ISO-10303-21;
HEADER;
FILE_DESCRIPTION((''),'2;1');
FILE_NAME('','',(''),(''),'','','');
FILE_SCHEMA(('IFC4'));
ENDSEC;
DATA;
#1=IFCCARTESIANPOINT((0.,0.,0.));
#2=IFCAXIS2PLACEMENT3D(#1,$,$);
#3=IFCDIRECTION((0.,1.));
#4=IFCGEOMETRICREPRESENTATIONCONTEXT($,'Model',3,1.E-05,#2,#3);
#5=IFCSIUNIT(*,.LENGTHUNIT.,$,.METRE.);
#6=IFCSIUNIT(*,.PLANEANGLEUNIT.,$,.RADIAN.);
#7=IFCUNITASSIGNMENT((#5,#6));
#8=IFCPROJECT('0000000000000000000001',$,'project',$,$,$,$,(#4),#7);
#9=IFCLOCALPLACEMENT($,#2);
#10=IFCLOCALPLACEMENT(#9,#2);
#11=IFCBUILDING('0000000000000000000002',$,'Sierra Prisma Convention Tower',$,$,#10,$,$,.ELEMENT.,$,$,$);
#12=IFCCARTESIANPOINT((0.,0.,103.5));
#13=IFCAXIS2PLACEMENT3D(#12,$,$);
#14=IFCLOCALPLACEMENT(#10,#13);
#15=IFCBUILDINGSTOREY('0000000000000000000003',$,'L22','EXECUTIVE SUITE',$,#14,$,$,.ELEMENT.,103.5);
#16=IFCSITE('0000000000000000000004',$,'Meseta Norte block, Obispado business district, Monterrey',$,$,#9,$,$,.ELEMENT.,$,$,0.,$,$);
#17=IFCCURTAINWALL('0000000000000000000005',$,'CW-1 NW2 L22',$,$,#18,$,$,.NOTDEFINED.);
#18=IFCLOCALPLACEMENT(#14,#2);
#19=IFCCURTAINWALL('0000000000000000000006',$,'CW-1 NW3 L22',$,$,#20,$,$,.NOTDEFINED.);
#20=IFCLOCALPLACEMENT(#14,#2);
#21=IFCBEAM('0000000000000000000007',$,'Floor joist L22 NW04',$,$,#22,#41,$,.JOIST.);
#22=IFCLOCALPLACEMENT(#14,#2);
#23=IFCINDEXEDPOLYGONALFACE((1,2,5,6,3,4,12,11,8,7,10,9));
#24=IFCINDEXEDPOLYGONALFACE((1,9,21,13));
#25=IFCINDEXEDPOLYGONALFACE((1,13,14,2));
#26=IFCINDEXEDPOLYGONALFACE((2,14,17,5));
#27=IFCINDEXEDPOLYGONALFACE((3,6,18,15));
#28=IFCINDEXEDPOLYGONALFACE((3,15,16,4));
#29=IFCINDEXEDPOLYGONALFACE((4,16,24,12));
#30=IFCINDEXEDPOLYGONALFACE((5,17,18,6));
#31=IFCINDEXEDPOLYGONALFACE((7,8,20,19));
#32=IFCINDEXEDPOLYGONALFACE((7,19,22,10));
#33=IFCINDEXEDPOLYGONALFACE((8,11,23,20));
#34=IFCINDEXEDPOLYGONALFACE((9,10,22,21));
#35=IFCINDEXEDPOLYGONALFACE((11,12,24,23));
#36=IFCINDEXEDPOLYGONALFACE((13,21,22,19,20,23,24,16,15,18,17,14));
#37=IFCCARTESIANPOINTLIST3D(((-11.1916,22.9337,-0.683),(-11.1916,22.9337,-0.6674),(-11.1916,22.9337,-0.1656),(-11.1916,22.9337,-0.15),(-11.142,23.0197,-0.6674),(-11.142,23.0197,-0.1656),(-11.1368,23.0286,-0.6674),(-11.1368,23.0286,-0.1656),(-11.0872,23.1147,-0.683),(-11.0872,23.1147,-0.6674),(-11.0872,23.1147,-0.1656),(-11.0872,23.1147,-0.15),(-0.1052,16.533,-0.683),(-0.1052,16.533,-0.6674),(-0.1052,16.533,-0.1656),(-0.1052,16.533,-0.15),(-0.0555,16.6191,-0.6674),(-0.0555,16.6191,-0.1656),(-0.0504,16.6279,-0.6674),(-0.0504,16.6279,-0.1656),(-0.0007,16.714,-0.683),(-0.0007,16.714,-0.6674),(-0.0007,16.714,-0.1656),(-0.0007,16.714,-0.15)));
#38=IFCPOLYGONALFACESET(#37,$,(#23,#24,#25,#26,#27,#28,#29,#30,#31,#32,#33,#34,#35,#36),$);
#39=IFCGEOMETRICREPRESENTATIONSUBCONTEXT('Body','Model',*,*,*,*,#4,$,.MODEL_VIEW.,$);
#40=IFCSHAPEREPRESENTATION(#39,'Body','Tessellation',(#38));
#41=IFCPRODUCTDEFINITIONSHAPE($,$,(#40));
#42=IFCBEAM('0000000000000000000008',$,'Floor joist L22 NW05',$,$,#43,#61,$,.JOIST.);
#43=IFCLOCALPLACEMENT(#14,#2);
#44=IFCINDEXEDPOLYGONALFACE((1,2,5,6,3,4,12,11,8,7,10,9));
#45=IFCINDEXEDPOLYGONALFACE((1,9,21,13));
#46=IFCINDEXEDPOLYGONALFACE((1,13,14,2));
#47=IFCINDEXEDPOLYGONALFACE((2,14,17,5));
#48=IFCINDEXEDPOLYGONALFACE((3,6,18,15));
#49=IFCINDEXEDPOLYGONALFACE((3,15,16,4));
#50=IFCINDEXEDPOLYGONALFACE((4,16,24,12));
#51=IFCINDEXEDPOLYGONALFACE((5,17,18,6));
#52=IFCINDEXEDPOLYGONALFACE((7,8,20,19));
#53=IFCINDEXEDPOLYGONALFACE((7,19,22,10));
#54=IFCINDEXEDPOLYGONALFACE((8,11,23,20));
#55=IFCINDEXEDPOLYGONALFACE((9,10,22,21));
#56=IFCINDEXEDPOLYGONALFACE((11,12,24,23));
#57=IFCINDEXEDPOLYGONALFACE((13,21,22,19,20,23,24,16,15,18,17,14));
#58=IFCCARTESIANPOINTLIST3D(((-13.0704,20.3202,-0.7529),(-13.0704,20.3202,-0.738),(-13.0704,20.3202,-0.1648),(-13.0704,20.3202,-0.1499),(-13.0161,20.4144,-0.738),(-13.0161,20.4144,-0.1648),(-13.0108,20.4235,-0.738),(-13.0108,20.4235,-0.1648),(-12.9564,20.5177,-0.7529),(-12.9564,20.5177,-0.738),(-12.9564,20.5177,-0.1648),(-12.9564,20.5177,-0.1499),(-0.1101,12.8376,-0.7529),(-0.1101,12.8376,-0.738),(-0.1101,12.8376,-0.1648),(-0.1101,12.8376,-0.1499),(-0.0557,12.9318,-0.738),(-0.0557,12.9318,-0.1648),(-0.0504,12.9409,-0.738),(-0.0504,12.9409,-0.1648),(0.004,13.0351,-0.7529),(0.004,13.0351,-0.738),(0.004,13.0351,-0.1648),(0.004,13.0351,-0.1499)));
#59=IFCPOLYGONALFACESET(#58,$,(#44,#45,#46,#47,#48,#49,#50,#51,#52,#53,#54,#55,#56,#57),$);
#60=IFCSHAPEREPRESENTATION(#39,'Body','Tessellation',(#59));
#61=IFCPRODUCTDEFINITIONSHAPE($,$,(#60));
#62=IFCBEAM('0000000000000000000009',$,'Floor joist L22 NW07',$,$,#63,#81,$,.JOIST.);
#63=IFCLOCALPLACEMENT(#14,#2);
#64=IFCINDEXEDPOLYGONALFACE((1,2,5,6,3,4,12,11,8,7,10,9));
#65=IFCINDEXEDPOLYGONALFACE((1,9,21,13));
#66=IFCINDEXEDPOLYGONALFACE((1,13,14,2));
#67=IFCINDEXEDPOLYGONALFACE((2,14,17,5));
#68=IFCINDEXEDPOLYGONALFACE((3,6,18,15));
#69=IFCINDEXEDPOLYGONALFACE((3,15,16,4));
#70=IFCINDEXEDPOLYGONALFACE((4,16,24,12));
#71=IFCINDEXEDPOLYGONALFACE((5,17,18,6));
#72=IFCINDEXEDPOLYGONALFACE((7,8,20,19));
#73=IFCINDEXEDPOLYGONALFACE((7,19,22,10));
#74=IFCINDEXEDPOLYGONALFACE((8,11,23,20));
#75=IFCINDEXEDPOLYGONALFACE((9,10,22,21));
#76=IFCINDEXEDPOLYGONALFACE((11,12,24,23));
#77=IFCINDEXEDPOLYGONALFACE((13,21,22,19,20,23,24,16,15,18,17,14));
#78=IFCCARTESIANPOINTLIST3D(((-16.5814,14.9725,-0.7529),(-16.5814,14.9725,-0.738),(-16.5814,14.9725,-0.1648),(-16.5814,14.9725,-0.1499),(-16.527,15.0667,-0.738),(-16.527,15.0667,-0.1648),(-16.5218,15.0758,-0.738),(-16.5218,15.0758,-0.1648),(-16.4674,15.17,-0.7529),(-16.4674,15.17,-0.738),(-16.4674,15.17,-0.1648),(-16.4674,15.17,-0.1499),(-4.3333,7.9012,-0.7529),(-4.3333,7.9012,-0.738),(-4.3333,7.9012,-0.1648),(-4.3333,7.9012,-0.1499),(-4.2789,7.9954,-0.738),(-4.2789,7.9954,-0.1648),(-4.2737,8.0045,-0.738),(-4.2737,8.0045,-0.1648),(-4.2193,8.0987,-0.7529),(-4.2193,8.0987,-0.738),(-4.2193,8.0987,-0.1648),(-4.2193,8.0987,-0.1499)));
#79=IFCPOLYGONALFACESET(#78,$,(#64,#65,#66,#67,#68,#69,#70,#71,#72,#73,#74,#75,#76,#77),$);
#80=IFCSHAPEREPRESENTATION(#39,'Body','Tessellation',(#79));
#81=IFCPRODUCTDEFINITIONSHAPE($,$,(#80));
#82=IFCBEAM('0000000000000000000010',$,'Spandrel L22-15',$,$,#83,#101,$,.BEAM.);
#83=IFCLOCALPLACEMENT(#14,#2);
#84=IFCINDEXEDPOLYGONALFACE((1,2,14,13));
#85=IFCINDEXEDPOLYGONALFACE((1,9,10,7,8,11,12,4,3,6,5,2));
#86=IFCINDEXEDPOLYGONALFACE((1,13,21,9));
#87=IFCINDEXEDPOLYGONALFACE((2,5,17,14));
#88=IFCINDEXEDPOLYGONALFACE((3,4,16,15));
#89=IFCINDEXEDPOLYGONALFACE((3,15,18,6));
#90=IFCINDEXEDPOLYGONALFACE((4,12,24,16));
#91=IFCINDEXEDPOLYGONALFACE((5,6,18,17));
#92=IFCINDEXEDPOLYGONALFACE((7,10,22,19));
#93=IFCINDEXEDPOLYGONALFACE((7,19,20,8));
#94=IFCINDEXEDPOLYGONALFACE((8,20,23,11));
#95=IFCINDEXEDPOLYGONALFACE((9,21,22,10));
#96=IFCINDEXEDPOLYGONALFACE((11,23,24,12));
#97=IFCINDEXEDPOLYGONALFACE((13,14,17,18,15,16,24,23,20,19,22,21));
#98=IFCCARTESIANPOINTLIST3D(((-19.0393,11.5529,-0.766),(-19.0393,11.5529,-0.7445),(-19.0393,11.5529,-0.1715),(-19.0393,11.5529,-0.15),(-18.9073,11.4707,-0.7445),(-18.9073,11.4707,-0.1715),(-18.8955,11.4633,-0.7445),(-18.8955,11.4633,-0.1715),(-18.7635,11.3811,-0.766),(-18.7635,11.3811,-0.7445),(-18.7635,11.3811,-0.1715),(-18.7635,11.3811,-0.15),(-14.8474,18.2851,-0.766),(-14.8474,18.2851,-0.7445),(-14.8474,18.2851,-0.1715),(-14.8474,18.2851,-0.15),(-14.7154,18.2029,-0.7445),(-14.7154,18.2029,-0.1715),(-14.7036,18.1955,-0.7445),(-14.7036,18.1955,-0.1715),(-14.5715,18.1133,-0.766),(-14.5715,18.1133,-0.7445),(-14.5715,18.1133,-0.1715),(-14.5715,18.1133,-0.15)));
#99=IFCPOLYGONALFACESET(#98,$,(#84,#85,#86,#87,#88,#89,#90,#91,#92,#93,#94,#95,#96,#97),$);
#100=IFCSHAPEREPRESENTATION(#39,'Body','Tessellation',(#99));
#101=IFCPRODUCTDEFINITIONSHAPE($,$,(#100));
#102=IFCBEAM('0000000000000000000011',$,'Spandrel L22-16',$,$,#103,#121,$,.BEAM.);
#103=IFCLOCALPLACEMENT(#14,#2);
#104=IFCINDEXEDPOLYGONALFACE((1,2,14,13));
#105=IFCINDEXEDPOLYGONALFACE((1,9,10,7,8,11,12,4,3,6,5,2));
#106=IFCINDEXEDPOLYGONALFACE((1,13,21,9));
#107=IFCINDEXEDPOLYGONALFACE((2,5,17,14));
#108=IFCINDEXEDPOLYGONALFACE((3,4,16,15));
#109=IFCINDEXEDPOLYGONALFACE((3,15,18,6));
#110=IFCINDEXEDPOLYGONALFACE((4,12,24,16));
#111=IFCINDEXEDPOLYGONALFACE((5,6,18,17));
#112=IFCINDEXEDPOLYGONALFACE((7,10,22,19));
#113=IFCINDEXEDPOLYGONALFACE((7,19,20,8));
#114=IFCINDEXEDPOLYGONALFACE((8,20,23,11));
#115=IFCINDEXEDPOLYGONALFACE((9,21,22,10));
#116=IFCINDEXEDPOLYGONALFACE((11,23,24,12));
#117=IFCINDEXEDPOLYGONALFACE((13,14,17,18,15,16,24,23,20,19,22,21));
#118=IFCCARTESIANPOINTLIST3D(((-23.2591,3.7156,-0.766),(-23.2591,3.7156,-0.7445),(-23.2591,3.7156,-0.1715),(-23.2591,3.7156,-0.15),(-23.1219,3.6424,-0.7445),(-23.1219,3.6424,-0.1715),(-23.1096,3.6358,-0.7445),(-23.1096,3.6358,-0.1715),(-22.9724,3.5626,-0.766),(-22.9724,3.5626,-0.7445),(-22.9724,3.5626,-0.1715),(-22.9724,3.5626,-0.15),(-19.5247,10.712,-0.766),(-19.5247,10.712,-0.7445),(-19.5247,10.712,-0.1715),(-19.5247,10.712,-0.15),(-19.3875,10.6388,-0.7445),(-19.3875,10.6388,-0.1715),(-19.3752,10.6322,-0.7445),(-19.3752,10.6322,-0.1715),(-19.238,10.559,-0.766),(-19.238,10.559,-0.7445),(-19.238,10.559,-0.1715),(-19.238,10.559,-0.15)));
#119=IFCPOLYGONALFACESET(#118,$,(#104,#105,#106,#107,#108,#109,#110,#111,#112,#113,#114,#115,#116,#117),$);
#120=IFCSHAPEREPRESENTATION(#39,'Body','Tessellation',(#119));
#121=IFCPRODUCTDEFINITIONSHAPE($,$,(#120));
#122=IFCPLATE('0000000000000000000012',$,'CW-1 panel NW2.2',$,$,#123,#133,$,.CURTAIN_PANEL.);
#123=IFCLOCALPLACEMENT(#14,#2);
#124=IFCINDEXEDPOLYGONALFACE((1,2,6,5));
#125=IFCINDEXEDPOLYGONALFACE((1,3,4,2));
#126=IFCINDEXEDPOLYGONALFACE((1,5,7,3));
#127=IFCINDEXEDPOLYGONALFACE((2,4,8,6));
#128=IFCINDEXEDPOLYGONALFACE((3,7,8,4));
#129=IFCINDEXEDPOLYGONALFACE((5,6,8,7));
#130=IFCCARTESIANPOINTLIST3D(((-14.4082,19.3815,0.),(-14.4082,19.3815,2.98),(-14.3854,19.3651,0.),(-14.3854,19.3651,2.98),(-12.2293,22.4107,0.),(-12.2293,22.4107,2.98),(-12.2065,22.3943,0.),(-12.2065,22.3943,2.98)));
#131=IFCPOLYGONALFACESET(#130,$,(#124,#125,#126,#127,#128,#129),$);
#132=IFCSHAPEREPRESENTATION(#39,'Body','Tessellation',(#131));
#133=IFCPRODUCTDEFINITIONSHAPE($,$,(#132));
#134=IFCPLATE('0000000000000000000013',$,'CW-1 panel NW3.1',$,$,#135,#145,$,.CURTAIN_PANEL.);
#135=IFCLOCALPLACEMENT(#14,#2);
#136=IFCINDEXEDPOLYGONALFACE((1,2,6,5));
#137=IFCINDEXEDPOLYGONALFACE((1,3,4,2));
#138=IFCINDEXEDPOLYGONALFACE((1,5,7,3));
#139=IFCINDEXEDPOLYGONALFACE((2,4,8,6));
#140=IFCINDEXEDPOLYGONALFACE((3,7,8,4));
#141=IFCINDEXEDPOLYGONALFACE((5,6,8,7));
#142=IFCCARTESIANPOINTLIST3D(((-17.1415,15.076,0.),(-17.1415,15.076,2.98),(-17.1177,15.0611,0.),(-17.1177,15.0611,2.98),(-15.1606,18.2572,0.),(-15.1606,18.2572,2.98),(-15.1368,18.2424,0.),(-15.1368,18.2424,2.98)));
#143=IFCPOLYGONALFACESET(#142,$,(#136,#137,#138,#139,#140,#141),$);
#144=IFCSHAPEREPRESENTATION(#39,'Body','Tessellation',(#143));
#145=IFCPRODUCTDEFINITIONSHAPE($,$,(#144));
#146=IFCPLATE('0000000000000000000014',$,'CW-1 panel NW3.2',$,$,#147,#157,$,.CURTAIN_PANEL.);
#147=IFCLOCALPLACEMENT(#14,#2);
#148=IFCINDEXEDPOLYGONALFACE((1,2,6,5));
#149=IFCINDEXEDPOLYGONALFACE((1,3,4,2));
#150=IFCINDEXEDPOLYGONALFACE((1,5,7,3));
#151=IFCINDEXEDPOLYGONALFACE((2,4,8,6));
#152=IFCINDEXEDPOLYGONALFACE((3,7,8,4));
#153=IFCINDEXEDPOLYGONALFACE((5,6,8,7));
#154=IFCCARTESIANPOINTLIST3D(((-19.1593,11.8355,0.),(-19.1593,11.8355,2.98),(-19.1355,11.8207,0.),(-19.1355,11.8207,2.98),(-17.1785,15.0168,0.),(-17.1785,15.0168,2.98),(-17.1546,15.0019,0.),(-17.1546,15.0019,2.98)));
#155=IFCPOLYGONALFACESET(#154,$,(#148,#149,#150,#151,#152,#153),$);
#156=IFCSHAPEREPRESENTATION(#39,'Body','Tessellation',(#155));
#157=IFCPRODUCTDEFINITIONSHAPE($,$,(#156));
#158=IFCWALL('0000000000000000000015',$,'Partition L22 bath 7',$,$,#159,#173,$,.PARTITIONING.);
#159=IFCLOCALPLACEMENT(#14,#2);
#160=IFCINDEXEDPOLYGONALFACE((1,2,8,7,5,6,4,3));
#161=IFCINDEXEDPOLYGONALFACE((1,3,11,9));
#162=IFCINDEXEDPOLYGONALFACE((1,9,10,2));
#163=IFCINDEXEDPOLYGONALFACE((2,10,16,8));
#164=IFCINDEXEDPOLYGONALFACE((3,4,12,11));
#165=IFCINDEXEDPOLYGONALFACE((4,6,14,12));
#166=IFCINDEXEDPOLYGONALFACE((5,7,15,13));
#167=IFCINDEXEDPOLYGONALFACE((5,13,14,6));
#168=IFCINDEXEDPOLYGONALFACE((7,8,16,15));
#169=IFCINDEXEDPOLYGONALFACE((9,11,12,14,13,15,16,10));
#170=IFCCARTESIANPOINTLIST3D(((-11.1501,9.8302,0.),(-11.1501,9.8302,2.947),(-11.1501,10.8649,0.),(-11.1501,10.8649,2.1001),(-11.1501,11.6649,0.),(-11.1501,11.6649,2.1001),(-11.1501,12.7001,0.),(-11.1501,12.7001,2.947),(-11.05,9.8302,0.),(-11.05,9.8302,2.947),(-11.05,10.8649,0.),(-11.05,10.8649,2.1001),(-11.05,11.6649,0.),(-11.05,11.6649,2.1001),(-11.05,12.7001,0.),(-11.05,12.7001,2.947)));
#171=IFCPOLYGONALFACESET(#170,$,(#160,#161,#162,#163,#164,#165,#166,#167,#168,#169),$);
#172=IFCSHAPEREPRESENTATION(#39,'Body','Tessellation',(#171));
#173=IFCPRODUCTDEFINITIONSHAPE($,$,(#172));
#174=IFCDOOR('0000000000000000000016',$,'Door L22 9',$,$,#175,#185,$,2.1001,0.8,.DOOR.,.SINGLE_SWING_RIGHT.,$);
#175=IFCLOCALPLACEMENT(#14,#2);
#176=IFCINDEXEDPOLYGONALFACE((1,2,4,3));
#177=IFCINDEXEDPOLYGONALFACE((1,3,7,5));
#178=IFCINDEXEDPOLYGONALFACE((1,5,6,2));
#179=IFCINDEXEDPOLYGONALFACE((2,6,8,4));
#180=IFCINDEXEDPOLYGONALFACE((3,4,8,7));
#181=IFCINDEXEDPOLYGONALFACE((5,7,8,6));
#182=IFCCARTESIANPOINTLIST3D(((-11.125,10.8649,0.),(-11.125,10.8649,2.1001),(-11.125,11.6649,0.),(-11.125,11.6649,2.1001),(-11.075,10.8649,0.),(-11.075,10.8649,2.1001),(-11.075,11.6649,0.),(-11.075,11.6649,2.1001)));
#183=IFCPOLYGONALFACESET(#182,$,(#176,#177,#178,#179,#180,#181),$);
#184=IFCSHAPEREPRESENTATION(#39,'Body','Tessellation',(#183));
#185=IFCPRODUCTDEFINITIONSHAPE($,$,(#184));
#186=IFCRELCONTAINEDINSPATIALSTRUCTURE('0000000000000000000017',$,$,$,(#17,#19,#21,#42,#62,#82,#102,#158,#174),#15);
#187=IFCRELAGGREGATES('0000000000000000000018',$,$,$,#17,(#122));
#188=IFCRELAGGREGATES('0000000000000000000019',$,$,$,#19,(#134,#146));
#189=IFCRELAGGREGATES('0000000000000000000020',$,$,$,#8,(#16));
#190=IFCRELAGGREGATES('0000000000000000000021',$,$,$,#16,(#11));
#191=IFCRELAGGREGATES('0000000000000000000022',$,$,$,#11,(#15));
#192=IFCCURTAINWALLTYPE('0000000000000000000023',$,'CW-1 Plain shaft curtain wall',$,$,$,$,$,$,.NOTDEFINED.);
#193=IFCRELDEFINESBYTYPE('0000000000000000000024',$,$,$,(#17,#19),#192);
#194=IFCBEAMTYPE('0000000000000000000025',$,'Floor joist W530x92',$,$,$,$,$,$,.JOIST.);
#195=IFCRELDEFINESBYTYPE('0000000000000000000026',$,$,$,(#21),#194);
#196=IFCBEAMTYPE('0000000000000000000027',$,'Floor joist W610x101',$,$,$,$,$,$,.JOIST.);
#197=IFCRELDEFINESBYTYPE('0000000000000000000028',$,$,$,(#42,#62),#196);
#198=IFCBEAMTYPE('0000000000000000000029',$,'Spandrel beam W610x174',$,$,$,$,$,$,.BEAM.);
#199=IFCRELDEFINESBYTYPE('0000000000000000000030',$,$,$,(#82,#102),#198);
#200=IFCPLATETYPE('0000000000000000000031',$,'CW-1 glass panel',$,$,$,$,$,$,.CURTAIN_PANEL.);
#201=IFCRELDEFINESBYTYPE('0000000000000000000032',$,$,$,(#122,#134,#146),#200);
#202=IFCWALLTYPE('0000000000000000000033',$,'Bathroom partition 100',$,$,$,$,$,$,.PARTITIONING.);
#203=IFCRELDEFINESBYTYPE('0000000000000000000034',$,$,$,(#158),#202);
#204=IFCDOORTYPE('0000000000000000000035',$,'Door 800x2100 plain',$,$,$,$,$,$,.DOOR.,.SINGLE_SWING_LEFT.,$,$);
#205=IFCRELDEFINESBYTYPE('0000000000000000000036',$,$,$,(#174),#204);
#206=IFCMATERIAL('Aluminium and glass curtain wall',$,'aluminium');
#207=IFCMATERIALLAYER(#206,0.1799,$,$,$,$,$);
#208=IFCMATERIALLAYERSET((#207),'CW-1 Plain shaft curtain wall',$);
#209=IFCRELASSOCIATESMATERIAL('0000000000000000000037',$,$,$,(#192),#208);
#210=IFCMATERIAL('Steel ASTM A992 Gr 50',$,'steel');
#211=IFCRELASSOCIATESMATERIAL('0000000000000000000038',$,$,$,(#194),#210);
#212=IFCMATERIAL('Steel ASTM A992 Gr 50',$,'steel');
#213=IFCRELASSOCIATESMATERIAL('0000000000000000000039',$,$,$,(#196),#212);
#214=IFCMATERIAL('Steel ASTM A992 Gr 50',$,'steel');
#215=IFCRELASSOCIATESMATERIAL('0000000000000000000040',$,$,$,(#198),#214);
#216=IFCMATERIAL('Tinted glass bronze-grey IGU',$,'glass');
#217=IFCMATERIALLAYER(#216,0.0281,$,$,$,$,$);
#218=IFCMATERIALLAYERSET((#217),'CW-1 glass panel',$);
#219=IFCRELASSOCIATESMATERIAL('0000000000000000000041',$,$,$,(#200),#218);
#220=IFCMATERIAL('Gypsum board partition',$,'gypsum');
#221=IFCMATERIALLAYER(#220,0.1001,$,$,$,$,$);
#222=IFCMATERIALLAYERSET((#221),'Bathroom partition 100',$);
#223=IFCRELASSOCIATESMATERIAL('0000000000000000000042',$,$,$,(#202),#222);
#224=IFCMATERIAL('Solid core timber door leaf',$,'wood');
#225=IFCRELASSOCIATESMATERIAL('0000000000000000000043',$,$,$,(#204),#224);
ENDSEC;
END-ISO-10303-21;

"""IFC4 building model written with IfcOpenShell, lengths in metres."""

from ifc_helpers import new_model, si_unit, direction, frame, frame_2d, origin, origin_2d, place, context, subcontext, project, spatial, rectangle, i_section, extrude, material, layer, layer_set, material_profile, profile_set, type_object, element, fill, aggregate, save


model = new_model("IFC4")

# Units and contexts
model_context = context("Model", 3, precision=1e-05, world=origin(), true_north=direction((0.0, 1.0)))
body_context = subcontext(model_context, "Body", "Model", "MODEL_VIEW")
ifc_project = project(units=[si_unit("LENGTHUNIT", "METRE"), si_unit("PLANEANGLEUNIT", "RADIAN")], contexts=[model_context])

# Site, building, storey
site_placement = place(None, origin())
site = spatial("IfcSite", under=ifc_project, at=site_placement, Name="Meseta Norte block, Obispado business district, Monterrey", CompositionType="ELEMENT", RefElevation=0.0)
building_placement = place(site_placement, origin())
building = spatial("IfcBuilding", under=site, at=building_placement, Name="Sierra Prisma Convention Tower", CompositionType="ELEMENT")
storey_placement = place(building_placement, frame((0.0, 0.0, 103.5)))
storey = spatial("IfcBuildingStorey", under=building, at=storey_placement, Name="L22", Description="EXECUTIVE SUITE", CompositionType="ELEMENT", Elevation=103.5)

# Curtain wall
ifc_material_1 = material(Name="Aluminium and glass curtain wall", Category="aluminium")
ifc_layer_1 = layer(ifc_material_1, 0.1799)
ifc_layer_set_1 = layer_set([ifc_layer_1], Name="CW-1 Plain shaft curtain wall")
curtain_wall_type = type_object("IfcCurtainWallType", Name="CW-1 Plain shaft curtain wall", PredefinedType="NOTDEFINED", material=ifc_layer_set_1)
curtain_wall_1_placement = place(storey_placement, origin())
curtain_wall_1 = element("IfcCurtainWall", 1, at=curtain_wall_1_placement, inside=storey, type_object=curtain_wall_type, Name="CW-1 NW2 L22", PredefinedType="NOTDEFINED")

# Curtain wall
curtain_wall_2_placement = place(storey_placement, origin())
curtain_wall_2 = element("IfcCurtainWall", 2, at=curtain_wall_2_placement, inside=storey, type_object=curtain_wall_type, Name="CW-1 NW3 L22", PredefinedType="NOTDEFINED")

# Beams
ifc_material_2 = material(Name="Steel ASTM A992 Gr 50", Category="steel")
ifc_material_profile_1 = material_profile(ifc_material_2, i_section(OverallWidth=0.209, OverallDepth=0.533, WebThickness=0.0103, FlangeThickness=0.0156, at=origin_2d()), Name="W530x92")
ifc_profile_set_1 = profile_set([ifc_material_profile_1], Name="Steel ASTM A992 Gr 50")
beam_type_1 = type_object("IfcBeamType", Name="Floor joist W530x92", PredefinedType="JOIST", material=ifc_profile_set_1)
beam_1_placement = place(storey_placement, frame((-11.1394, 23.0242, -0.4165), z_axis=(0.866029, -0.499993, 0.0), x_axis=(0.499993, 0.866029, 0.0)))
element("IfcBeam", 3, at=beam_1_placement, inside=storey, type_object=beam_type_1, Name="Floor joist L22 NW04", PredefinedType="JOIST", context=body_context, shape_type="SweptSolid", body=[
    extrude(i_section(OverallWidth=0.209, OverallDepth=0.533, WebThickness=0.0103, FlangeThickness=0.0156, at=origin_2d()), origin(), (0.0, 0.0, 1.0), 12.8015),
])
ifc_material_3 = material(Name="Steel ASTM A992 Gr 50", Category="steel")
ifc_material_profile_2 = material_profile(ifc_material_3, i_section(OverallWidth=0.228, OverallDepth=0.603, WebThickness=0.0105, FlangeThickness=0.0149, at=origin_2d()), Name="W610x101")
ifc_profile_set_2 = profile_set([ifc_material_profile_2], Name="Steel ASTM A992 Gr 50")
beam_type_2 = type_object("IfcBeamType", Name="Floor joist W610x101", PredefinedType="JOIST", material=ifc_profile_set_2)
beam_2_placement = place(storey_placement, frame((-13.0134, 20.4189, -0.4514), z_axis=(0.866027, -0.499997, 0.0), x_axis=(0.499997, 0.866027, 0.0)))
element("IfcBeam", 4, at=beam_2_placement, inside=storey, type_object=beam_type_2, Name="Floor joist L22 NW05", PredefinedType="JOIST", context=body_context, shape_type="SweptSolid", body=[
    extrude(i_section(OverallWidth=0.228, OverallDepth=0.603, WebThickness=0.0105, FlangeThickness=0.0149, at=origin_2d()), origin(), (0.0, 0.0, 1.0), 14.9653),
])
beam_3_placement = place(storey_placement, frame((-16.5244, 15.0713, -0.4514), z_axis=(0.866029, -0.499993, 0.0), x_axis=(0.499993, 0.866029, 0.0)))
element("IfcBeam", 5, at=beam_3_placement, inside=storey, type_object=beam_type_2, Name="Floor joist L22 NW07", PredefinedType="JOIST", context=body_context, shape_type="SweptSolid", body=[
    extrude(i_section(OverallWidth=0.228, OverallDepth=0.603, WebThickness=0.0105, FlangeThickness=0.0149, at=origin_2d()), origin(), (0.0, 0.0, 1.0), 14.1428),
])
ifc_material_4 = material(Name="Steel ASTM A992 Gr 50", Category="steel")
ifc_material_profile_3 = material_profile(ifc_material_4, i_section(OverallWidth=0.325, OverallDepth=0.616, WebThickness=0.0139, FlangeThickness=0.0215, at=origin_2d()), Name="W610x174")
ifc_profile_set_3 = profile_set([ifc_material_profile_3], Name="Steel ASTM A992 Gr 50")
beam_type_3 = type_object("IfcBeamType", Name="Spandrel beam W610x174", PredefinedType="BEAM", material=ifc_profile_set_3)
for number, where, z_axis, x_axis, name in (
    (6, (-14.7095, 18.1992, -0.458), (-0.528573, -0.848888, 0.0), (0.848888, -0.528573, 0.0), "Spandrel L22-15"),
    (7, (-19.3813, 10.6355, -0.458), (-0.470882, -0.882196, 0.0), (0.882196, -0.470882, 0.0), "Spandrel L22-16"),
):
    element("IfcBeam", number, at=place(storey_placement, frame(where, z_axis=z_axis, x_axis=x_axis)), inside=storey, type_object=beam_type_3, Name=name, PredefinedType="BEAM", context=body_context, shape_type="SweptSolid", body=[
        extrude(i_section(OverallWidth=0.325, OverallDepth=0.616, WebThickness=0.0139, FlangeThickness=0.0215, at=origin_2d()), origin(), (0.0, 0.0, 1.0), 7.9307),
    ])

# Plates
ifc_material_5 = material(Name="Tinted glass bronze-grey IGU", Category="glass")
ifc_layer_2 = layer(ifc_material_5, 0.0281)
ifc_layer_set_2 = layer_set([ifc_layer_2], Name="CW-1 glass panel")
plate_type = type_object("IfcPlateType", Name="CW-1 glass panel", PredefinedType="CURTAIN_PANEL", material=ifc_layer_set_2)
plate_1_placement = place(storey_placement, frame((-13.3074, 20.8879, 0.0), z_axis=(0.0, 0.0, 1.0), x_axis=(-0.583927, -0.811806, 0.0)))
plate_1 = element("IfcPlate", 8, at=plate_1_placement, type_object=plate_type, Name="CW-1 panel NW2.2", PredefinedType="CURTAIN_PANEL", context=body_context, shape_type="SweptSolid", body=[
    extrude(rectangle(XDim=3.7314, YDim=0.0281, at=origin_2d()), origin(), (0.0, 0.0, 1.0), 2.98),
])
aggregate(curtain_wall_1, [plate_1])
plate_2_placement = place(storey_placement, frame((-16.1392, 16.6592, 0.0), z_axis=(0.0, 0.0, 1.0), x_axis=(-0.528573, -0.848888, 0.0)))
plate_2 = element("IfcPlate", 9, at=plate_2_placement, type_object=plate_type, Name="CW-1 panel NW3.1", PredefinedType="CURTAIN_PANEL", context=body_context, shape_type="SweptSolid", body=[
    extrude(rectangle(XDim=3.7476, YDim=0.0281, at=origin_2d()), origin(), (0.0, 0.0, 1.0), 2.98),
])
plate_3_placement = place(storey_placement, frame((-18.157, 13.4187, 0.0), z_axis=(0.0, 0.0, 1.0), x_axis=(-0.528573, -0.848888, 0.0)))
plate_3 = element("IfcPlate", 10, at=plate_3_placement, type_object=plate_type, Name="CW-1 panel NW3.2", PredefinedType="CURTAIN_PANEL", context=body_context, shape_type="SweptSolid", body=[
    extrude(rectangle(XDim=3.7476, YDim=0.0281, at=origin_2d()), origin(), (0.0, 0.0, 1.0), 2.98),
])
aggregate(curtain_wall_2, [plate_2, plate_3])

# Wall, opening, door
ifc_material_6 = material(Name="Gypsum board partition", Category="gypsum")
ifc_layer_3 = layer(ifc_material_6, 0.1001)
ifc_layer_set_3 = layer_set([ifc_layer_3], Name="Bathroom partition 100")
wall_type_1 = type_object("IfcWallType", Name="Bathroom partition 100", PredefinedType="PARTITIONING", material=ifc_layer_set_3)
wall_1_placement = place(storey_placement, frame((-11.1001, 9.8301, 0.0), z_axis=(0.0, 0.0, 1.0), x_axis=(0.0, 1.0, 0.0)))
wall_1 = element("IfcWall", 11, at=wall_1_placement, inside=storey, type_object=wall_type_1, Name="Partition L22 bath 7", PredefinedType="PARTITIONING", context=body_context, shape_type="SweptSolid", body=[
    extrude(rectangle(XDim=2.8699, YDim=0.1001, at=frame_2d((1.4351, 0.0))), origin(), (0.0, 0.0, 1.0), 2.947),
])
opening_1_placement = place(wall_1_placement, frame((1.0349, 0.0, 0.0)))
opening_1 = element("IfcOpeningElement", 12, at=opening_1_placement, cuts=wall_1, PredefinedType="OPENING", context=body_context, shape_type="SweptSolid", body=[
    extrude(rectangle(XDim=0.8, YDim=2.1001, at=frame_2d((0.3999, 1.05))), frame((0.0, 0.05, 0.0), z_axis=(0.0, -1.0, 0.0), x_axis=(1.0, 0.0, 0.0)), (0.0, 0.0, 1.0), 0.1001),
])
ifc_material_7 = material(Name="Solid core timber door leaf", Category="wood")
door_type_1 = type_object("IfcDoorType", Name="Door 800x2100 plain", OperationType="SINGLE_SWING_LEFT", PredefinedType="DOOR", material=ifc_material_7)
door_1_placement = place(opening_1_placement, origin())
door_1 = element("IfcDoor", 13, at=door_1_placement, inside=storey, type_object=door_type_1, Name="Door L22 9", OperationType="SINGLE_SWING_RIGHT", OverallHeight=2.1001, OverallWidth=0.8, PredefinedType="DOOR", context=body_context, shape_type="SweptSolid", body=[
    extrude(rectangle(XDim=0.8, YDim=2.1001, at=frame_2d((0.3999, 1.05))), frame((0.0, 0.0249, 0.0), z_axis=(0.0, -1.0, 0.0), x_axis=(1.0, 0.0, 0.0)), (0.0, 0.0, 1.0), 0.05),
])
fill(opening_1, door_1)

save(model, "model.ifc")
